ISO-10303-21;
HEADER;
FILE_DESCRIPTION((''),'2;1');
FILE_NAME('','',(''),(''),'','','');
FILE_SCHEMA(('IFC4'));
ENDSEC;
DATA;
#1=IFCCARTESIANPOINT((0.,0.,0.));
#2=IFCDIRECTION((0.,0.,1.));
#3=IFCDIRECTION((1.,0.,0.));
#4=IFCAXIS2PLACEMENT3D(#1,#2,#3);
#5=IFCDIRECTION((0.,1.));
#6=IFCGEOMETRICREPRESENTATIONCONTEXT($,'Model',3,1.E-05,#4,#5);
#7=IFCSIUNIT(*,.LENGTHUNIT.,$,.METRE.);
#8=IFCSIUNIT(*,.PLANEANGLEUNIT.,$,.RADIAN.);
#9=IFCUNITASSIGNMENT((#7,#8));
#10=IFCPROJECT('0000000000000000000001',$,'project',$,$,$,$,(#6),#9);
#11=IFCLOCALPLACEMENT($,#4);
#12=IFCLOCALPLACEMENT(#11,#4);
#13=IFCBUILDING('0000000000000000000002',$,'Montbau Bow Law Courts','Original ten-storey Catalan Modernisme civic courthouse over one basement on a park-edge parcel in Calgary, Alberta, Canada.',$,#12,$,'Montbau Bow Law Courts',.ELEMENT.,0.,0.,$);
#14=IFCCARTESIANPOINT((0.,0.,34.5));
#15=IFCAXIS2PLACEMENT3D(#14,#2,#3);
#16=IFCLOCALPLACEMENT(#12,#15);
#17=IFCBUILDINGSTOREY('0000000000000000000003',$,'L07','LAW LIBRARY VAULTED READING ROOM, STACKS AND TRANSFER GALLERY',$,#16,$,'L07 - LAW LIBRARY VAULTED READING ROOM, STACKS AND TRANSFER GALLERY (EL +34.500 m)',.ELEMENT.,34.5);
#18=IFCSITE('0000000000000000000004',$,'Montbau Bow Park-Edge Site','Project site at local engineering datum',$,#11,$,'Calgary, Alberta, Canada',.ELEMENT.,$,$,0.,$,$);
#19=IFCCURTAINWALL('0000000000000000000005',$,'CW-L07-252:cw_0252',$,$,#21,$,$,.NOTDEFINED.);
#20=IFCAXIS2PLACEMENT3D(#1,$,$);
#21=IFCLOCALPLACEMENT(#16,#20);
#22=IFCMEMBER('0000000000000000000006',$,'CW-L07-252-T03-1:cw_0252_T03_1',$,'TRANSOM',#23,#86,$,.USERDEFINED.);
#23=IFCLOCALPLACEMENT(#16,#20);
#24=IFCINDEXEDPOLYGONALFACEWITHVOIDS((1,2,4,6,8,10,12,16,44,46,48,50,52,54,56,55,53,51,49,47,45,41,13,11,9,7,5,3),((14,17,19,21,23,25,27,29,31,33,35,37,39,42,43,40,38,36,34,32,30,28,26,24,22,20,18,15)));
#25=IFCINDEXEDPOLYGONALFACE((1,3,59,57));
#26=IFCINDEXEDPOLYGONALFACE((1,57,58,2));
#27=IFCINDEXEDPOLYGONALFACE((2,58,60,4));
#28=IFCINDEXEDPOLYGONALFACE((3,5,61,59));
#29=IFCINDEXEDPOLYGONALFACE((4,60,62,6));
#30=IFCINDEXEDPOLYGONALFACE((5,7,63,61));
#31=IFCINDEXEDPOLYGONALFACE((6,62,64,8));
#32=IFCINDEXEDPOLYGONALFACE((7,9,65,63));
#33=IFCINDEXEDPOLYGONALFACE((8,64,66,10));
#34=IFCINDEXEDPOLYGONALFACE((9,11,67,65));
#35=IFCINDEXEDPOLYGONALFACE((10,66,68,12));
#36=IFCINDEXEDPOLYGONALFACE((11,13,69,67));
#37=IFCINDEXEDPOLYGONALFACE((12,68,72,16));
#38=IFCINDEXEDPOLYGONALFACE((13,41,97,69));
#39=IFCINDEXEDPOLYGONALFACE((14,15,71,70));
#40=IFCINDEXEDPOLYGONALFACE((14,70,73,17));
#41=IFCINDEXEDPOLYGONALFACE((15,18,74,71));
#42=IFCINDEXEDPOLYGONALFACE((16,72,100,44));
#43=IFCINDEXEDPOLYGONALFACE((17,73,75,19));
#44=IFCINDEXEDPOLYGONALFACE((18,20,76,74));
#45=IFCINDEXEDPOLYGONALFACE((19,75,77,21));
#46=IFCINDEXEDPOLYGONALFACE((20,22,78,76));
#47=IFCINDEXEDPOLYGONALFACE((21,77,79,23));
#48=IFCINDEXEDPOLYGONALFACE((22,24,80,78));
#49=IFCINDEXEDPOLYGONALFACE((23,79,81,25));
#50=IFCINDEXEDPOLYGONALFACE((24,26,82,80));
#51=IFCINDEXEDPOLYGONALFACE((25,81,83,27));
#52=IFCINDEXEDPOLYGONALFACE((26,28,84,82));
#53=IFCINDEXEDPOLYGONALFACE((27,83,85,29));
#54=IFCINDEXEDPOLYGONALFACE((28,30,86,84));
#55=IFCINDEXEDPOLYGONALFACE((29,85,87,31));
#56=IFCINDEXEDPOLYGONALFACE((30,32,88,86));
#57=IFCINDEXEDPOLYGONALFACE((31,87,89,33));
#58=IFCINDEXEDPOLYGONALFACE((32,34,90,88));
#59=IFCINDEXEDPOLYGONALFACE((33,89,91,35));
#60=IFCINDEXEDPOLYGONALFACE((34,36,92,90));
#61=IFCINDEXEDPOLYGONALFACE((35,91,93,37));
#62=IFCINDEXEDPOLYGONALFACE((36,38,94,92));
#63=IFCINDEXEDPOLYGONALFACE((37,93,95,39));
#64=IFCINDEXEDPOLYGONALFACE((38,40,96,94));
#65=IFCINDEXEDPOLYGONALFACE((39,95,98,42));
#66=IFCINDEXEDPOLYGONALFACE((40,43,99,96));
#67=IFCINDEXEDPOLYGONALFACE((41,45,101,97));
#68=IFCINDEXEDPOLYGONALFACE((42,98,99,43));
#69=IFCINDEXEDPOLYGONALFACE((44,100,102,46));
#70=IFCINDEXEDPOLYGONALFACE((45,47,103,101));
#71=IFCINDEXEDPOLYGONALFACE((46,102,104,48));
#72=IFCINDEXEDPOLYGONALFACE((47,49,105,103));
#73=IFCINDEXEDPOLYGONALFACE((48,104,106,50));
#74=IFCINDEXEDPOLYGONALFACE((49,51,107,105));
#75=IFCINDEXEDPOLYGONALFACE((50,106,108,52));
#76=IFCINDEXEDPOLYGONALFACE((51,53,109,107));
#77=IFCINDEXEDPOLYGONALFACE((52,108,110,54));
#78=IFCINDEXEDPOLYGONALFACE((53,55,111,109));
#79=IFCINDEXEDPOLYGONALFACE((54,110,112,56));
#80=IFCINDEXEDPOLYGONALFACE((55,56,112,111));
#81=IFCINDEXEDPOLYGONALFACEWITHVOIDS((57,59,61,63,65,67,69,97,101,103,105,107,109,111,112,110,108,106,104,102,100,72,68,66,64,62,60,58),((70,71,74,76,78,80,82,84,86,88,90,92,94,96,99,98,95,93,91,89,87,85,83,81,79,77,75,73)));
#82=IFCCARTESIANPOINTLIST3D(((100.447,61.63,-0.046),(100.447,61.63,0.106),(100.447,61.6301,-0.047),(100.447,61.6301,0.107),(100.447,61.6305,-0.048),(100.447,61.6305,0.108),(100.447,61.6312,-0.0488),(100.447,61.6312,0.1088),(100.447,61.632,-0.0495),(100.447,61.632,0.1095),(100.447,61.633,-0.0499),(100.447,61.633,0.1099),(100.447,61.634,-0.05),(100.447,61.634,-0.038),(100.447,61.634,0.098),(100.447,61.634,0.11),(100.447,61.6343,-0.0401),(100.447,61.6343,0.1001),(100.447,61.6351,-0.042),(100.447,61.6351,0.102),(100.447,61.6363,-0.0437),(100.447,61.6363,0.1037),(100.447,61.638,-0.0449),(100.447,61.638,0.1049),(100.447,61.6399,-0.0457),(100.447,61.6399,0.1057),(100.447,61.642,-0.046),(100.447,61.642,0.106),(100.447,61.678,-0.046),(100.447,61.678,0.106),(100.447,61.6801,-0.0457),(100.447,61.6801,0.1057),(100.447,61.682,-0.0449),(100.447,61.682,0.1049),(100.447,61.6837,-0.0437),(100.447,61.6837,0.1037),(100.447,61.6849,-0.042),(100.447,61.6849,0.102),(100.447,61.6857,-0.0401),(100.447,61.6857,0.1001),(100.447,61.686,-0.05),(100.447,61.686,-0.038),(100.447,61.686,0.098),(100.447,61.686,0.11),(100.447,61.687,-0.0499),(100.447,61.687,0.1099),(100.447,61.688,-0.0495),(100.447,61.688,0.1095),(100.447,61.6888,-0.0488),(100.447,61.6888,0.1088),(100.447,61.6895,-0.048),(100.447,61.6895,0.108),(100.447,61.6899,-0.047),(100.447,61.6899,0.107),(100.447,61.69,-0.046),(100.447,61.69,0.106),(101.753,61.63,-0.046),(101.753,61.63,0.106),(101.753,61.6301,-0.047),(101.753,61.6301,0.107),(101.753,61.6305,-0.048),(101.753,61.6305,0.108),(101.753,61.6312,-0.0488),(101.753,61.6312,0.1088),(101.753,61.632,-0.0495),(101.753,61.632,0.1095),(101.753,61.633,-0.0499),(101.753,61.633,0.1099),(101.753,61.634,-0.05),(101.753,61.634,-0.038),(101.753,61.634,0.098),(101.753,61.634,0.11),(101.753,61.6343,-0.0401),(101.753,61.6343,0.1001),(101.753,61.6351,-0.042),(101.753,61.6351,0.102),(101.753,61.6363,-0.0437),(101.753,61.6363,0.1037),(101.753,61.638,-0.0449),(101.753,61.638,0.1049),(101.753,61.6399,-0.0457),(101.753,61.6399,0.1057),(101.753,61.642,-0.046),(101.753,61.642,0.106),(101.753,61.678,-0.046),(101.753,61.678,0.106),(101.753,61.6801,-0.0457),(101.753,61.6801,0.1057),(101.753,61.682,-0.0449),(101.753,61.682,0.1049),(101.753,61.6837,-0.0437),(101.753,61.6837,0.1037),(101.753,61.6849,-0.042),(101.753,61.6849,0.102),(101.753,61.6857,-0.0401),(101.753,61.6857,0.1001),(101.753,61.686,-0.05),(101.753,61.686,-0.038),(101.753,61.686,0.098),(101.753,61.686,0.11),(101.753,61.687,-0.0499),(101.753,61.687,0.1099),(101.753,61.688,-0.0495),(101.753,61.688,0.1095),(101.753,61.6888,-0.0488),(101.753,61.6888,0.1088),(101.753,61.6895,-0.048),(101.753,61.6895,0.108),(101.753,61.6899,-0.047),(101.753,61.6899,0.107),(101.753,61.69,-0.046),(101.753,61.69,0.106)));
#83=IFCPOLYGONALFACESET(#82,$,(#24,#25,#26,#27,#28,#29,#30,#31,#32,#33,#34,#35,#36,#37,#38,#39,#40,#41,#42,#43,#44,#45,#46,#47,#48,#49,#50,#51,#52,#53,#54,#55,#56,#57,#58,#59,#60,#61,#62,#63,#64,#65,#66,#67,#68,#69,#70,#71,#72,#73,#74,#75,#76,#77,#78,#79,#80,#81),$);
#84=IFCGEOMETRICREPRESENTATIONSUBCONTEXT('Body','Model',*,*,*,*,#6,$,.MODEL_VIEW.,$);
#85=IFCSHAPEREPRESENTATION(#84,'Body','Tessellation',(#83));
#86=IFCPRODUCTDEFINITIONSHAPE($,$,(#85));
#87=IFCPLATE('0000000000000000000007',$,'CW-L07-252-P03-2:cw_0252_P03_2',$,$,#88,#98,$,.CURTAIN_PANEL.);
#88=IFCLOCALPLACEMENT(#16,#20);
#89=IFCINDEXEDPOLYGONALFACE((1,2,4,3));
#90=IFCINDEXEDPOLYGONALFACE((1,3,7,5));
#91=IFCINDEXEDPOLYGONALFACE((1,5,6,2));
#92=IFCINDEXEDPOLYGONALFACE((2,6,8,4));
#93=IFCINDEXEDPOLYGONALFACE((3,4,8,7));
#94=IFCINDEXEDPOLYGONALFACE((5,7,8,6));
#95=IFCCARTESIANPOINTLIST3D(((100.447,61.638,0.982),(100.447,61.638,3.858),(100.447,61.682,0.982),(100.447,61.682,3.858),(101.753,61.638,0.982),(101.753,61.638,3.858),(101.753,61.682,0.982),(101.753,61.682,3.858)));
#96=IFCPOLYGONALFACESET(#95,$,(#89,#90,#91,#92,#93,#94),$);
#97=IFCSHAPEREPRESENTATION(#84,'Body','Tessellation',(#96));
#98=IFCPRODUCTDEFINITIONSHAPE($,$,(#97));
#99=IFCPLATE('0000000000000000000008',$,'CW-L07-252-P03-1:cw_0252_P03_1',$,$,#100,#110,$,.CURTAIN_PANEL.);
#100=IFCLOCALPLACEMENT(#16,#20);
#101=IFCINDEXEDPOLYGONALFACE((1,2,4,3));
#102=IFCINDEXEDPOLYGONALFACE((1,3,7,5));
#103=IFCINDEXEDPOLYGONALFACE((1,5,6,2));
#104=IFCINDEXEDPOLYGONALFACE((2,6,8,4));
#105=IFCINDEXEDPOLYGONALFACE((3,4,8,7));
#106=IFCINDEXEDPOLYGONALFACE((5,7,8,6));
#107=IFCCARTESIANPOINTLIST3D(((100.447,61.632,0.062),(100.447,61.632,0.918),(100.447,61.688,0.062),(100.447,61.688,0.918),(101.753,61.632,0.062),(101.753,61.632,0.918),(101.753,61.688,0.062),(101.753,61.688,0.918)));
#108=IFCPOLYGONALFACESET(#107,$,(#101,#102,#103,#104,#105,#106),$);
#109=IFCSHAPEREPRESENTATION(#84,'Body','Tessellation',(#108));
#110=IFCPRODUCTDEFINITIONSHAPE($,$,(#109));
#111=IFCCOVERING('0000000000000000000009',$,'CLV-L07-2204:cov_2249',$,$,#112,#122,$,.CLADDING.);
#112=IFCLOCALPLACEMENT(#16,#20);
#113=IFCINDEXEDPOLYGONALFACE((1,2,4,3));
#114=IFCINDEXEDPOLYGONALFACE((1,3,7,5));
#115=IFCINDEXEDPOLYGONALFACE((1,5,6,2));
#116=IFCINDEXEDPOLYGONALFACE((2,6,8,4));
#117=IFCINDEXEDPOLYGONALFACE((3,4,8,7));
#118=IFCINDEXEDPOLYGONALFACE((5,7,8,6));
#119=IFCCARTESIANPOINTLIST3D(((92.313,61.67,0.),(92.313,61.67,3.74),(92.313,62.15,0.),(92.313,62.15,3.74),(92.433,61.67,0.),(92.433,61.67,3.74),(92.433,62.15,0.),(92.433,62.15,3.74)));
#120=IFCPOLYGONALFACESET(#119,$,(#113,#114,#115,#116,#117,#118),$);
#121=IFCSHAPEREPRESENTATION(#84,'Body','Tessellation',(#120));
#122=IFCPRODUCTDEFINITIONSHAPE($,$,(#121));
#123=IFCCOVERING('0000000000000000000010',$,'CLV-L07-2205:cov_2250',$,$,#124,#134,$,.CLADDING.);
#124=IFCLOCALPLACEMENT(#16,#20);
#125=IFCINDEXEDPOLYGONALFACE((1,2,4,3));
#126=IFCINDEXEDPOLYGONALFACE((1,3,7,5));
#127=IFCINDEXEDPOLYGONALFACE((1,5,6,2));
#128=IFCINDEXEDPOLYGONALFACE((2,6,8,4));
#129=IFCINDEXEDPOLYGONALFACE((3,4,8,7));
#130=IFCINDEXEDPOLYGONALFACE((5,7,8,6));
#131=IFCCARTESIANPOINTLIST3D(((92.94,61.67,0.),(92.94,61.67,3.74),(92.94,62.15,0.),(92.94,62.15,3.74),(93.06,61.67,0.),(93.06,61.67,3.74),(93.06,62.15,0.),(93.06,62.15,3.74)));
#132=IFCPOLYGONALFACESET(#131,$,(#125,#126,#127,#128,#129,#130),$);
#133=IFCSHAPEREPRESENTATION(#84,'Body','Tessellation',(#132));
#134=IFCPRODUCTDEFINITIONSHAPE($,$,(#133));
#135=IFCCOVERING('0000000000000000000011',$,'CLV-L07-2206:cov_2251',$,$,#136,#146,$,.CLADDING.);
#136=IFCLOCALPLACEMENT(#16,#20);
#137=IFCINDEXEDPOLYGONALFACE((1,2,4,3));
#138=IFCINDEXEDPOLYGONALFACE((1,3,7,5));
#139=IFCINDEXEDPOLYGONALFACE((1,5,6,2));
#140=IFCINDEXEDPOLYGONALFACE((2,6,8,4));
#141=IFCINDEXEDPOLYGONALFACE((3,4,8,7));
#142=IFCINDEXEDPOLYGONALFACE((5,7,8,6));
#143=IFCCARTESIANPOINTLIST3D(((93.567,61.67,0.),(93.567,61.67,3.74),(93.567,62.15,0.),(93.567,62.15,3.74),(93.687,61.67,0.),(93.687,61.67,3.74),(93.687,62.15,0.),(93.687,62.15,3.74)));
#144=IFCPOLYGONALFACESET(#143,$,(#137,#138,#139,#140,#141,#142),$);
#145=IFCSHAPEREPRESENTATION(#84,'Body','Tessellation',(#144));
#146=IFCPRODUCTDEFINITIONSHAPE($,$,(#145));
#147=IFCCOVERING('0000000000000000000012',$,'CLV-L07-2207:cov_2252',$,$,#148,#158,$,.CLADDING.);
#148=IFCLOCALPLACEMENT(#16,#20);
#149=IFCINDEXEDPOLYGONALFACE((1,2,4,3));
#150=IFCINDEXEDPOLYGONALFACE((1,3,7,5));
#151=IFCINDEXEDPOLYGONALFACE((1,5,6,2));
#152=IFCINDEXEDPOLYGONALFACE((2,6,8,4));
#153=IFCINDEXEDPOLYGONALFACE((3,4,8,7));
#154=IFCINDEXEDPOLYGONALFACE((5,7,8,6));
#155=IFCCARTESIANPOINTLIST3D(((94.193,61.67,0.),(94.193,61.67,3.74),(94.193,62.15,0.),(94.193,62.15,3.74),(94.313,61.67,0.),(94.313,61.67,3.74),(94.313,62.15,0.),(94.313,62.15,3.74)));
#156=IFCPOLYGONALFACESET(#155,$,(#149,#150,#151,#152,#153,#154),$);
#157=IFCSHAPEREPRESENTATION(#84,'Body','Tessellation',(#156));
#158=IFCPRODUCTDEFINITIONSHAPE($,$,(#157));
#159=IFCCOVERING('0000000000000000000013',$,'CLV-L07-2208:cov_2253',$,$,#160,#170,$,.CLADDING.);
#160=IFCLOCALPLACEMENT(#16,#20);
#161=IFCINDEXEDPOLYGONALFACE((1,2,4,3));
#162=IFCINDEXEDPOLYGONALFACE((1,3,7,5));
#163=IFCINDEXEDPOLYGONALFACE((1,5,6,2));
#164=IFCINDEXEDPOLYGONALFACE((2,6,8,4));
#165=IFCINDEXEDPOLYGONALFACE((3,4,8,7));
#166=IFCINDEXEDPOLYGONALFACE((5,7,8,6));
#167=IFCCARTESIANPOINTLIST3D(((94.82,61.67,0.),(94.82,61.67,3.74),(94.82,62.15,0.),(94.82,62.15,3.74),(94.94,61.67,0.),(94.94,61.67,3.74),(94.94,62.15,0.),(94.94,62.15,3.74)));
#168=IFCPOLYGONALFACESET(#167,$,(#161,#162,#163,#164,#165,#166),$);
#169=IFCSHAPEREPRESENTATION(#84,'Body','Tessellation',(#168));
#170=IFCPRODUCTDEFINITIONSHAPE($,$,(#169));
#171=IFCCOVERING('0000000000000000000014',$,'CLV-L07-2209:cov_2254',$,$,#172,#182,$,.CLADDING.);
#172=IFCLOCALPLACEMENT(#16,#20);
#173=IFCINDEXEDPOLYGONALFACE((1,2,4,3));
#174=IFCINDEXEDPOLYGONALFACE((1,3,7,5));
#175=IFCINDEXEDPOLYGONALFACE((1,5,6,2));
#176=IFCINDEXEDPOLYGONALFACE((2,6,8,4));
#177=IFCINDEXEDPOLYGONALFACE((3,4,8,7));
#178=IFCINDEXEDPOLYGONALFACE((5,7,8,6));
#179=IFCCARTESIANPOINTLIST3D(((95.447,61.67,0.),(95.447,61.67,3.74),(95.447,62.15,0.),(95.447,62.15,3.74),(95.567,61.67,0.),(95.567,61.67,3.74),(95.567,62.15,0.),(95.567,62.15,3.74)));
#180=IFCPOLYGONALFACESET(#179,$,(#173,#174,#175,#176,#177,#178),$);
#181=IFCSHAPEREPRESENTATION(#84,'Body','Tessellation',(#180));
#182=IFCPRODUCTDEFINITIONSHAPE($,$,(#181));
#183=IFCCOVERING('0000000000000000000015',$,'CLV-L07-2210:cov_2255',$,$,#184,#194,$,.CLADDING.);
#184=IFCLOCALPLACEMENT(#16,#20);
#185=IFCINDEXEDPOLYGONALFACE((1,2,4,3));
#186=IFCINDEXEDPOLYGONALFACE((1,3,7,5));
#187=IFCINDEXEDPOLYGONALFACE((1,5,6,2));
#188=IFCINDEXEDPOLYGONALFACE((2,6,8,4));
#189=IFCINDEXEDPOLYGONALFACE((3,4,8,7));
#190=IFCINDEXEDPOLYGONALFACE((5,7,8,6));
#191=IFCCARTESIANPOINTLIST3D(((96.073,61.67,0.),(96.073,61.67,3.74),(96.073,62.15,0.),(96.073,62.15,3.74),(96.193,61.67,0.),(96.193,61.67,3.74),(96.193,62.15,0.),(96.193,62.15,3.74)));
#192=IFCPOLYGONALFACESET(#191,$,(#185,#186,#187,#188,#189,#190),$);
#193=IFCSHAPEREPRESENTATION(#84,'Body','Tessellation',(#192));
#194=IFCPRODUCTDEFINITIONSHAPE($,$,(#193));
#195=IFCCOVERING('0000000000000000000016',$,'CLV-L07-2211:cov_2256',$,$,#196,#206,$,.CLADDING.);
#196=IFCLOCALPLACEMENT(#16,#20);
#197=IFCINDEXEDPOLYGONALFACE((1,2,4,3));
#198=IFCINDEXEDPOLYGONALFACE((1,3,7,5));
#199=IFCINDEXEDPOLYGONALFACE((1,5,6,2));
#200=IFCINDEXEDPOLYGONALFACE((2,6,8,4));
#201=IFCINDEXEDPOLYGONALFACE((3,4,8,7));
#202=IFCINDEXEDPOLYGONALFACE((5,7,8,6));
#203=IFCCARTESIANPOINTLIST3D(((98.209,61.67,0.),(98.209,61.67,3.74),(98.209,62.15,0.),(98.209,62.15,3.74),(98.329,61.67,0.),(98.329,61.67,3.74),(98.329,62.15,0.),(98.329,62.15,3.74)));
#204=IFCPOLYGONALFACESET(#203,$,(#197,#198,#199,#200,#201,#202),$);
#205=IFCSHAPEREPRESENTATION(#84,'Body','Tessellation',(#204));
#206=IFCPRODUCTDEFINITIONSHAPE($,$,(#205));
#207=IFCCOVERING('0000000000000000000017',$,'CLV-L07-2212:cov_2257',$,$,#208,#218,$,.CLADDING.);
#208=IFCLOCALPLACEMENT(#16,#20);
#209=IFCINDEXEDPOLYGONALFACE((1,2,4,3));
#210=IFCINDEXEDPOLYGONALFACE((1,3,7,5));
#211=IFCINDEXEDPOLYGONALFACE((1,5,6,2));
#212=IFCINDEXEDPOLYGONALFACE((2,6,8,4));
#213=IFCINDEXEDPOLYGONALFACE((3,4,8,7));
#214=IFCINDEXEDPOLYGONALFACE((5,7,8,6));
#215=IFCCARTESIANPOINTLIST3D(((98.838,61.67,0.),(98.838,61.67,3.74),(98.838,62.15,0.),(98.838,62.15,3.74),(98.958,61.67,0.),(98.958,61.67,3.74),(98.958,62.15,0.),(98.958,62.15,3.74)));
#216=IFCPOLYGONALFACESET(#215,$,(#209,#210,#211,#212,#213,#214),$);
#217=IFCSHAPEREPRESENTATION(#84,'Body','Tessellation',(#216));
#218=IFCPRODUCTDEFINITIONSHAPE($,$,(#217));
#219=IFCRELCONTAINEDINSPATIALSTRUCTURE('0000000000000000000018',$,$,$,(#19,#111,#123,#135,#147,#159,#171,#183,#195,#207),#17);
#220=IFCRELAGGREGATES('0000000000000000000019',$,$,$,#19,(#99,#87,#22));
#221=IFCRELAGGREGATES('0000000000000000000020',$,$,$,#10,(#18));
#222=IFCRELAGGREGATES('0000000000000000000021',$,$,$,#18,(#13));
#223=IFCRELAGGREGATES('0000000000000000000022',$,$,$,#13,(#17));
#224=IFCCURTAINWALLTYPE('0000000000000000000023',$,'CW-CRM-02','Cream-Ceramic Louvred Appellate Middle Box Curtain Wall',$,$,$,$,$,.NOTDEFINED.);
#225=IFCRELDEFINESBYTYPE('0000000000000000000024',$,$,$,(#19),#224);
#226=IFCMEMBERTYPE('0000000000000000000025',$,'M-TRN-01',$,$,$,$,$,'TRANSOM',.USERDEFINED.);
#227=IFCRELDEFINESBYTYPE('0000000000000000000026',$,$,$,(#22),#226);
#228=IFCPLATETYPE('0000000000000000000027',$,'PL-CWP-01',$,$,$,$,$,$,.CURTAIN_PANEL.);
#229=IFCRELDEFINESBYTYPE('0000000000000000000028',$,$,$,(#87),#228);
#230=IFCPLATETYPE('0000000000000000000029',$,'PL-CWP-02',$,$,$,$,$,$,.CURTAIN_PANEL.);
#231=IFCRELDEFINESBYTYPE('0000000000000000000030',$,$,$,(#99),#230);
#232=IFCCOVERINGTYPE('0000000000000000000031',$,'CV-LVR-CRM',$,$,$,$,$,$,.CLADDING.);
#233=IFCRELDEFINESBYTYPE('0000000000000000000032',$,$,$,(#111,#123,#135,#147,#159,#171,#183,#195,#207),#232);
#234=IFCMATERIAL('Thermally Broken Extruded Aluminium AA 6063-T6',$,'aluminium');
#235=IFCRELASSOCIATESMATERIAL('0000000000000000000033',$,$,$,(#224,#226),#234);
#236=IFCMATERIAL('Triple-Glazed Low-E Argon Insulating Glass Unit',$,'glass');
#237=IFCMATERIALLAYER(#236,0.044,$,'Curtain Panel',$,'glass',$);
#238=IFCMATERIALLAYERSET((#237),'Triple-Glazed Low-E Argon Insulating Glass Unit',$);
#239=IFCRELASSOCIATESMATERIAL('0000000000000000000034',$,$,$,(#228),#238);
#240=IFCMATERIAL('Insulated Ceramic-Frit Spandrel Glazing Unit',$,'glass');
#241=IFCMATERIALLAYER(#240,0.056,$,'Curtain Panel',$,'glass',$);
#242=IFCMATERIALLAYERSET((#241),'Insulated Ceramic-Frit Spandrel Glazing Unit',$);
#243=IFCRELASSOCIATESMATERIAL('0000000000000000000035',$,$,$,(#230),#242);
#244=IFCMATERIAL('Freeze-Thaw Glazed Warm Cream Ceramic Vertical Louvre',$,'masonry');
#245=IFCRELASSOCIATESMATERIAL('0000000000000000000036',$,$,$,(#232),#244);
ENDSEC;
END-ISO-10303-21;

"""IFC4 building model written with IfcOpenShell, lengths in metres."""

from ifc_helpers import new_model, si_unit, direction, frame, frame_2d, origin_with_axes, origin_2d_with_axis, place, context, subcontext, project, spatial, rectangle, hollow_rectangle, extrude, material, layer, layer_set, material_profile, profile_set, type_object, element, aggregate, save


model = new_model("IFC4")

# Units and contexts
model_context = context("Model", 3, precision=1e-05, world=origin_with_axes(), true_north=direction((0.0, 1.0)))
body_context = subcontext(model_context, "Body", "Model", "MODEL_VIEW")
ifc_project = project(units=[si_unit("LENGTHUNIT", "METRE"), si_unit("PLANEANGLEUNIT", "RADIAN")], contexts=[model_context])

# Site, building, storey
site_placement = place(None, origin_with_axes())
site = spatial("IfcSite", under=ifc_project, at=site_placement, Name="Montbau Bow Park-Edge Site", Description="Project site at local engineering datum", LongName="Calgary, Alberta, Canada", CompositionType="ELEMENT", RefElevation=0.0)
building_placement = place(site_placement, origin_with_axes())
building = spatial("IfcBuilding", under=site, at=building_placement, Name="Montbau Bow Law Courts", Description="Original ten-storey Catalan Modernisme civic courthouse over one basement on a park-edge parcel in Calgary, Alberta, Canada.", LongName="Montbau Bow Law Courts", CompositionType="ELEMENT", ElevationOfRefHeight=0.0, ElevationOfTerrain=0.0)
storey_placement = place(building_placement, frame((0.0, 0.0, 34.5), z_axis=(0.0, 0.0, 1.0), x_axis=(1.0, 0.0, 0.0)))
storey = spatial("IfcBuildingStorey", under=building, at=storey_placement, Name="L07", Description="LAW LIBRARY VAULTED READING ROOM, STACKS AND TRANSFER GALLERY", LongName="L07 - LAW LIBRARY VAULTED READING ROOM, STACKS AND TRANSFER GALLERY (EL +34.500 m)", CompositionType="ELEMENT", Elevation=34.5)

# Curtain wall, member, plates
ifc_material_1 = material(Name="Thermally Broken Extruded Aluminium AA 6063-T6", Category="aluminium")
curtain_wall_type = type_object("IfcCurtainWallType", Name="CW-CRM-02", Description="Cream-Ceramic Louvred Appellate Middle Box Curtain Wall", PredefinedType="NOTDEFINED", material=ifc_material_1)
curtain_wall_placement = place(None, frame((97.64, 61.66, 34.5), z_axis=(0.0, 0.0, 1.0), x_axis=(1.0, 0.0, 0.0)))
curtain_wall = element("IfcCurtainWall", 1, at=curtain_wall_placement, inside=storey, type_object=curtain_wall_type, Name="CW-L07-252:cw_0252", PredefinedType="NOTDEFINED")
ifc_material_profile_1 = material_profile(ifc_material_1, hollow_rectangle(XDim=0.06, YDim=0.16, WallThickness=0.004, InnerFilletRadius=0.008, OuterFilletRadius=0.004, at=origin_2d_with_axis()), Name="CWT-160X60", Category="Main", Priority=0)
ifc_profile_set_1 = profile_set([ifc_material_profile_1], Name="Thermally Broken Extruded Aluminium AA 6063-T6")
member_type_1 = type_object("IfcMemberType", Name="M-TRN-01", ElementType="TRANSOM", PredefinedType="USERDEFINED", material=ifc_profile_set_1)
member_1_placement = place(None, frame((100.447, 61.66, 34.53), z_axis=(1.0, 0.0, 0.0), x_axis=(0.0, 1.0, 0.0)))
member_1 = element("IfcMember", 2, at=member_1_placement, type_object=member_type_1, Name="CW-L07-252-T03-1:cw_0252_T03_1", ObjectType="TRANSOM", PredefinedType="USERDEFINED", context=body_context, shape_type="SweptSolid", body=[
    extrude(hollow_rectangle(XDim=0.06, YDim=0.16, WallThickness=0.004, InnerFilletRadius=0.008, OuterFilletRadius=0.004, at=origin_2d_with_axis()), origin_with_axes(), (0.0, 0.0, 1.0), 1.306),
])
ifc_material_2 = material(Name="Triple-Glazed Low-E Argon Insulating Glass Unit", Category="glass")
ifc_layer_1 = layer(ifc_material_2, 0.044, Name="Curtain Panel", Category="glass")
ifc_layer_set_1 = layer_set([ifc_layer_1], Name="Triple-Glazed Low-E Argon Insulating Glass Unit")
plate_type_1 = type_object("IfcPlateType", Name="PL-CWP-01", PredefinedType="CURTAIN_PANEL", material=ifc_layer_set_1)
plate_1_placement = place(None, frame((100.447, 61.66, 35.482), z_axis=(0.0, -1.0, 0.0), x_axis=(1.0, 0.0, 0.0)))
plate_1 = element("IfcPlate", 3, at=plate_1_placement, type_object=plate_type_1, Name="CW-L07-252-P03-2:cw_0252_P03_2", PredefinedType="CURTAIN_PANEL", context=body_context, shape_type="SweptSolid", body=[
    extrude(rectangle(XDim=1.306, YDim=2.876, at=frame_2d((0.653, 1.438), x_axis=(1.0, 0.0))), frame((0.0, 0.0, -0.022), z_axis=(0.0, 0.0, 1.0), x_axis=(1.0, 0.0, 0.0)), (0.0, 0.0, 1.0), 0.044),
])
ifc_material_3 = material(Name="Insulated Ceramic-Frit Spandrel Glazing Unit", Category="glass")
ifc_layer_2 = layer(ifc_material_3, 0.056, Name="Curtain Panel", Category="glass")
ifc_layer_set_2 = layer_set([ifc_layer_2], Name="Insulated Ceramic-Frit Spandrel Glazing Unit")
plate_type_2 = type_object("IfcPlateType", Name="PL-CWP-02", PredefinedType="CURTAIN_PANEL", material=ifc_layer_set_2)
plate_2_placement = place(None, frame((100.447, 61.66, 34.562), z_axis=(0.0, -1.0, 0.0), x_axis=(1.0, 0.0, 0.0)))
plate_2 = element("IfcPlate", 4, at=plate_2_placement, type_object=plate_type_2, Name="CW-L07-252-P03-1:cw_0252_P03_1", PredefinedType="CURTAIN_PANEL", context=body_context, shape_type="SweptSolid", body=[
    extrude(rectangle(XDim=1.306, YDim=0.856, at=frame_2d((0.653, 0.428), x_axis=(1.0, 0.0))), frame((0.0, 0.0, -0.028), z_axis=(0.0, 0.0, 1.0), x_axis=(1.0, 0.0, 0.0)), (0.0, 0.0, 1.0), 0.056),
])
aggregate(curtain_wall, [plate_2, plate_1, member_1])

# Coverings
ifc_material_4 = material(Name="Freeze-Thaw Glazed Warm Cream Ceramic Vertical Louvre", Category="masonry")
covering_type = type_object("IfcCoveringType", Name="CV-LVR-CRM", PredefinedType="CLADDING", material=ifc_material_4)
for number, where, z_axis, x_axis, name in (
    (5, (92.373, 61.67, 34.5), (1.0, 0.0, 0.0), (0.0, 1.0, 0.0), "CLV-L07-2204:cov_2249"),
    (6, (93.0, 61.67, 34.5), (1.0, 0.0, 0.0), (0.0, 1.0, 0.0), "CLV-L07-2205:cov_2250"),
    (7, (93.627, 61.67, 34.5), (1.0, 0.0, 0.0), (0.0, 1.0, 0.0), "CLV-L07-2206:cov_2251"),
    (8, (94.253, 61.67, 34.5), (1.0, 0.0, 0.0), (0.0, 1.0, 0.0), "CLV-L07-2207:cov_2252"),
    (9, (94.88, 61.67, 34.5), (1.0, 0.0, 0.0), (0.0, 1.0, 0.0), "CLV-L07-2208:cov_2253"),
    (10, (95.507, 61.67, 34.5), (1.0, 0.0, 0.0), (0.0, 1.0, 0.0), "CLV-L07-2209:cov_2254"),
    (11, (96.133, 61.67, 34.5), (1.0, 0.0, 0.0), (0.0, 1.0, 0.0), "CLV-L07-2210:cov_2255"),
    (12, (98.269, 61.67, 34.5), (1.0, 0.0, 0.0), (0.0, 1.0, 0.0), "CLV-L07-2211:cov_2256"),
    (13, (98.898, 61.67, 34.5), (1.0, 0.0, 0.0), (0.0, 1.0, 0.0), "CLV-L07-2212:cov_2257"),
):
    element("IfcCovering", number, at=place(None, frame(where, z_axis=z_axis, x_axis=x_axis)), inside=storey, type_object=covering_type, Name=name, PredefinedType="CLADDING", context=body_context, shape_type="SweptSolid", body=[
        extrude(rectangle(XDim=0.48, YDim=3.74, at=frame_2d((0.24, 1.87), x_axis=(1.0, 0.0))), frame((0.0, 0.0, -0.06), z_axis=(0.0, 0.0, 1.0), x_axis=(1.0, 0.0, 0.0)), (0.0, 0.0, 1.0), 0.12),
    ])

save(model, "model.ifc")
